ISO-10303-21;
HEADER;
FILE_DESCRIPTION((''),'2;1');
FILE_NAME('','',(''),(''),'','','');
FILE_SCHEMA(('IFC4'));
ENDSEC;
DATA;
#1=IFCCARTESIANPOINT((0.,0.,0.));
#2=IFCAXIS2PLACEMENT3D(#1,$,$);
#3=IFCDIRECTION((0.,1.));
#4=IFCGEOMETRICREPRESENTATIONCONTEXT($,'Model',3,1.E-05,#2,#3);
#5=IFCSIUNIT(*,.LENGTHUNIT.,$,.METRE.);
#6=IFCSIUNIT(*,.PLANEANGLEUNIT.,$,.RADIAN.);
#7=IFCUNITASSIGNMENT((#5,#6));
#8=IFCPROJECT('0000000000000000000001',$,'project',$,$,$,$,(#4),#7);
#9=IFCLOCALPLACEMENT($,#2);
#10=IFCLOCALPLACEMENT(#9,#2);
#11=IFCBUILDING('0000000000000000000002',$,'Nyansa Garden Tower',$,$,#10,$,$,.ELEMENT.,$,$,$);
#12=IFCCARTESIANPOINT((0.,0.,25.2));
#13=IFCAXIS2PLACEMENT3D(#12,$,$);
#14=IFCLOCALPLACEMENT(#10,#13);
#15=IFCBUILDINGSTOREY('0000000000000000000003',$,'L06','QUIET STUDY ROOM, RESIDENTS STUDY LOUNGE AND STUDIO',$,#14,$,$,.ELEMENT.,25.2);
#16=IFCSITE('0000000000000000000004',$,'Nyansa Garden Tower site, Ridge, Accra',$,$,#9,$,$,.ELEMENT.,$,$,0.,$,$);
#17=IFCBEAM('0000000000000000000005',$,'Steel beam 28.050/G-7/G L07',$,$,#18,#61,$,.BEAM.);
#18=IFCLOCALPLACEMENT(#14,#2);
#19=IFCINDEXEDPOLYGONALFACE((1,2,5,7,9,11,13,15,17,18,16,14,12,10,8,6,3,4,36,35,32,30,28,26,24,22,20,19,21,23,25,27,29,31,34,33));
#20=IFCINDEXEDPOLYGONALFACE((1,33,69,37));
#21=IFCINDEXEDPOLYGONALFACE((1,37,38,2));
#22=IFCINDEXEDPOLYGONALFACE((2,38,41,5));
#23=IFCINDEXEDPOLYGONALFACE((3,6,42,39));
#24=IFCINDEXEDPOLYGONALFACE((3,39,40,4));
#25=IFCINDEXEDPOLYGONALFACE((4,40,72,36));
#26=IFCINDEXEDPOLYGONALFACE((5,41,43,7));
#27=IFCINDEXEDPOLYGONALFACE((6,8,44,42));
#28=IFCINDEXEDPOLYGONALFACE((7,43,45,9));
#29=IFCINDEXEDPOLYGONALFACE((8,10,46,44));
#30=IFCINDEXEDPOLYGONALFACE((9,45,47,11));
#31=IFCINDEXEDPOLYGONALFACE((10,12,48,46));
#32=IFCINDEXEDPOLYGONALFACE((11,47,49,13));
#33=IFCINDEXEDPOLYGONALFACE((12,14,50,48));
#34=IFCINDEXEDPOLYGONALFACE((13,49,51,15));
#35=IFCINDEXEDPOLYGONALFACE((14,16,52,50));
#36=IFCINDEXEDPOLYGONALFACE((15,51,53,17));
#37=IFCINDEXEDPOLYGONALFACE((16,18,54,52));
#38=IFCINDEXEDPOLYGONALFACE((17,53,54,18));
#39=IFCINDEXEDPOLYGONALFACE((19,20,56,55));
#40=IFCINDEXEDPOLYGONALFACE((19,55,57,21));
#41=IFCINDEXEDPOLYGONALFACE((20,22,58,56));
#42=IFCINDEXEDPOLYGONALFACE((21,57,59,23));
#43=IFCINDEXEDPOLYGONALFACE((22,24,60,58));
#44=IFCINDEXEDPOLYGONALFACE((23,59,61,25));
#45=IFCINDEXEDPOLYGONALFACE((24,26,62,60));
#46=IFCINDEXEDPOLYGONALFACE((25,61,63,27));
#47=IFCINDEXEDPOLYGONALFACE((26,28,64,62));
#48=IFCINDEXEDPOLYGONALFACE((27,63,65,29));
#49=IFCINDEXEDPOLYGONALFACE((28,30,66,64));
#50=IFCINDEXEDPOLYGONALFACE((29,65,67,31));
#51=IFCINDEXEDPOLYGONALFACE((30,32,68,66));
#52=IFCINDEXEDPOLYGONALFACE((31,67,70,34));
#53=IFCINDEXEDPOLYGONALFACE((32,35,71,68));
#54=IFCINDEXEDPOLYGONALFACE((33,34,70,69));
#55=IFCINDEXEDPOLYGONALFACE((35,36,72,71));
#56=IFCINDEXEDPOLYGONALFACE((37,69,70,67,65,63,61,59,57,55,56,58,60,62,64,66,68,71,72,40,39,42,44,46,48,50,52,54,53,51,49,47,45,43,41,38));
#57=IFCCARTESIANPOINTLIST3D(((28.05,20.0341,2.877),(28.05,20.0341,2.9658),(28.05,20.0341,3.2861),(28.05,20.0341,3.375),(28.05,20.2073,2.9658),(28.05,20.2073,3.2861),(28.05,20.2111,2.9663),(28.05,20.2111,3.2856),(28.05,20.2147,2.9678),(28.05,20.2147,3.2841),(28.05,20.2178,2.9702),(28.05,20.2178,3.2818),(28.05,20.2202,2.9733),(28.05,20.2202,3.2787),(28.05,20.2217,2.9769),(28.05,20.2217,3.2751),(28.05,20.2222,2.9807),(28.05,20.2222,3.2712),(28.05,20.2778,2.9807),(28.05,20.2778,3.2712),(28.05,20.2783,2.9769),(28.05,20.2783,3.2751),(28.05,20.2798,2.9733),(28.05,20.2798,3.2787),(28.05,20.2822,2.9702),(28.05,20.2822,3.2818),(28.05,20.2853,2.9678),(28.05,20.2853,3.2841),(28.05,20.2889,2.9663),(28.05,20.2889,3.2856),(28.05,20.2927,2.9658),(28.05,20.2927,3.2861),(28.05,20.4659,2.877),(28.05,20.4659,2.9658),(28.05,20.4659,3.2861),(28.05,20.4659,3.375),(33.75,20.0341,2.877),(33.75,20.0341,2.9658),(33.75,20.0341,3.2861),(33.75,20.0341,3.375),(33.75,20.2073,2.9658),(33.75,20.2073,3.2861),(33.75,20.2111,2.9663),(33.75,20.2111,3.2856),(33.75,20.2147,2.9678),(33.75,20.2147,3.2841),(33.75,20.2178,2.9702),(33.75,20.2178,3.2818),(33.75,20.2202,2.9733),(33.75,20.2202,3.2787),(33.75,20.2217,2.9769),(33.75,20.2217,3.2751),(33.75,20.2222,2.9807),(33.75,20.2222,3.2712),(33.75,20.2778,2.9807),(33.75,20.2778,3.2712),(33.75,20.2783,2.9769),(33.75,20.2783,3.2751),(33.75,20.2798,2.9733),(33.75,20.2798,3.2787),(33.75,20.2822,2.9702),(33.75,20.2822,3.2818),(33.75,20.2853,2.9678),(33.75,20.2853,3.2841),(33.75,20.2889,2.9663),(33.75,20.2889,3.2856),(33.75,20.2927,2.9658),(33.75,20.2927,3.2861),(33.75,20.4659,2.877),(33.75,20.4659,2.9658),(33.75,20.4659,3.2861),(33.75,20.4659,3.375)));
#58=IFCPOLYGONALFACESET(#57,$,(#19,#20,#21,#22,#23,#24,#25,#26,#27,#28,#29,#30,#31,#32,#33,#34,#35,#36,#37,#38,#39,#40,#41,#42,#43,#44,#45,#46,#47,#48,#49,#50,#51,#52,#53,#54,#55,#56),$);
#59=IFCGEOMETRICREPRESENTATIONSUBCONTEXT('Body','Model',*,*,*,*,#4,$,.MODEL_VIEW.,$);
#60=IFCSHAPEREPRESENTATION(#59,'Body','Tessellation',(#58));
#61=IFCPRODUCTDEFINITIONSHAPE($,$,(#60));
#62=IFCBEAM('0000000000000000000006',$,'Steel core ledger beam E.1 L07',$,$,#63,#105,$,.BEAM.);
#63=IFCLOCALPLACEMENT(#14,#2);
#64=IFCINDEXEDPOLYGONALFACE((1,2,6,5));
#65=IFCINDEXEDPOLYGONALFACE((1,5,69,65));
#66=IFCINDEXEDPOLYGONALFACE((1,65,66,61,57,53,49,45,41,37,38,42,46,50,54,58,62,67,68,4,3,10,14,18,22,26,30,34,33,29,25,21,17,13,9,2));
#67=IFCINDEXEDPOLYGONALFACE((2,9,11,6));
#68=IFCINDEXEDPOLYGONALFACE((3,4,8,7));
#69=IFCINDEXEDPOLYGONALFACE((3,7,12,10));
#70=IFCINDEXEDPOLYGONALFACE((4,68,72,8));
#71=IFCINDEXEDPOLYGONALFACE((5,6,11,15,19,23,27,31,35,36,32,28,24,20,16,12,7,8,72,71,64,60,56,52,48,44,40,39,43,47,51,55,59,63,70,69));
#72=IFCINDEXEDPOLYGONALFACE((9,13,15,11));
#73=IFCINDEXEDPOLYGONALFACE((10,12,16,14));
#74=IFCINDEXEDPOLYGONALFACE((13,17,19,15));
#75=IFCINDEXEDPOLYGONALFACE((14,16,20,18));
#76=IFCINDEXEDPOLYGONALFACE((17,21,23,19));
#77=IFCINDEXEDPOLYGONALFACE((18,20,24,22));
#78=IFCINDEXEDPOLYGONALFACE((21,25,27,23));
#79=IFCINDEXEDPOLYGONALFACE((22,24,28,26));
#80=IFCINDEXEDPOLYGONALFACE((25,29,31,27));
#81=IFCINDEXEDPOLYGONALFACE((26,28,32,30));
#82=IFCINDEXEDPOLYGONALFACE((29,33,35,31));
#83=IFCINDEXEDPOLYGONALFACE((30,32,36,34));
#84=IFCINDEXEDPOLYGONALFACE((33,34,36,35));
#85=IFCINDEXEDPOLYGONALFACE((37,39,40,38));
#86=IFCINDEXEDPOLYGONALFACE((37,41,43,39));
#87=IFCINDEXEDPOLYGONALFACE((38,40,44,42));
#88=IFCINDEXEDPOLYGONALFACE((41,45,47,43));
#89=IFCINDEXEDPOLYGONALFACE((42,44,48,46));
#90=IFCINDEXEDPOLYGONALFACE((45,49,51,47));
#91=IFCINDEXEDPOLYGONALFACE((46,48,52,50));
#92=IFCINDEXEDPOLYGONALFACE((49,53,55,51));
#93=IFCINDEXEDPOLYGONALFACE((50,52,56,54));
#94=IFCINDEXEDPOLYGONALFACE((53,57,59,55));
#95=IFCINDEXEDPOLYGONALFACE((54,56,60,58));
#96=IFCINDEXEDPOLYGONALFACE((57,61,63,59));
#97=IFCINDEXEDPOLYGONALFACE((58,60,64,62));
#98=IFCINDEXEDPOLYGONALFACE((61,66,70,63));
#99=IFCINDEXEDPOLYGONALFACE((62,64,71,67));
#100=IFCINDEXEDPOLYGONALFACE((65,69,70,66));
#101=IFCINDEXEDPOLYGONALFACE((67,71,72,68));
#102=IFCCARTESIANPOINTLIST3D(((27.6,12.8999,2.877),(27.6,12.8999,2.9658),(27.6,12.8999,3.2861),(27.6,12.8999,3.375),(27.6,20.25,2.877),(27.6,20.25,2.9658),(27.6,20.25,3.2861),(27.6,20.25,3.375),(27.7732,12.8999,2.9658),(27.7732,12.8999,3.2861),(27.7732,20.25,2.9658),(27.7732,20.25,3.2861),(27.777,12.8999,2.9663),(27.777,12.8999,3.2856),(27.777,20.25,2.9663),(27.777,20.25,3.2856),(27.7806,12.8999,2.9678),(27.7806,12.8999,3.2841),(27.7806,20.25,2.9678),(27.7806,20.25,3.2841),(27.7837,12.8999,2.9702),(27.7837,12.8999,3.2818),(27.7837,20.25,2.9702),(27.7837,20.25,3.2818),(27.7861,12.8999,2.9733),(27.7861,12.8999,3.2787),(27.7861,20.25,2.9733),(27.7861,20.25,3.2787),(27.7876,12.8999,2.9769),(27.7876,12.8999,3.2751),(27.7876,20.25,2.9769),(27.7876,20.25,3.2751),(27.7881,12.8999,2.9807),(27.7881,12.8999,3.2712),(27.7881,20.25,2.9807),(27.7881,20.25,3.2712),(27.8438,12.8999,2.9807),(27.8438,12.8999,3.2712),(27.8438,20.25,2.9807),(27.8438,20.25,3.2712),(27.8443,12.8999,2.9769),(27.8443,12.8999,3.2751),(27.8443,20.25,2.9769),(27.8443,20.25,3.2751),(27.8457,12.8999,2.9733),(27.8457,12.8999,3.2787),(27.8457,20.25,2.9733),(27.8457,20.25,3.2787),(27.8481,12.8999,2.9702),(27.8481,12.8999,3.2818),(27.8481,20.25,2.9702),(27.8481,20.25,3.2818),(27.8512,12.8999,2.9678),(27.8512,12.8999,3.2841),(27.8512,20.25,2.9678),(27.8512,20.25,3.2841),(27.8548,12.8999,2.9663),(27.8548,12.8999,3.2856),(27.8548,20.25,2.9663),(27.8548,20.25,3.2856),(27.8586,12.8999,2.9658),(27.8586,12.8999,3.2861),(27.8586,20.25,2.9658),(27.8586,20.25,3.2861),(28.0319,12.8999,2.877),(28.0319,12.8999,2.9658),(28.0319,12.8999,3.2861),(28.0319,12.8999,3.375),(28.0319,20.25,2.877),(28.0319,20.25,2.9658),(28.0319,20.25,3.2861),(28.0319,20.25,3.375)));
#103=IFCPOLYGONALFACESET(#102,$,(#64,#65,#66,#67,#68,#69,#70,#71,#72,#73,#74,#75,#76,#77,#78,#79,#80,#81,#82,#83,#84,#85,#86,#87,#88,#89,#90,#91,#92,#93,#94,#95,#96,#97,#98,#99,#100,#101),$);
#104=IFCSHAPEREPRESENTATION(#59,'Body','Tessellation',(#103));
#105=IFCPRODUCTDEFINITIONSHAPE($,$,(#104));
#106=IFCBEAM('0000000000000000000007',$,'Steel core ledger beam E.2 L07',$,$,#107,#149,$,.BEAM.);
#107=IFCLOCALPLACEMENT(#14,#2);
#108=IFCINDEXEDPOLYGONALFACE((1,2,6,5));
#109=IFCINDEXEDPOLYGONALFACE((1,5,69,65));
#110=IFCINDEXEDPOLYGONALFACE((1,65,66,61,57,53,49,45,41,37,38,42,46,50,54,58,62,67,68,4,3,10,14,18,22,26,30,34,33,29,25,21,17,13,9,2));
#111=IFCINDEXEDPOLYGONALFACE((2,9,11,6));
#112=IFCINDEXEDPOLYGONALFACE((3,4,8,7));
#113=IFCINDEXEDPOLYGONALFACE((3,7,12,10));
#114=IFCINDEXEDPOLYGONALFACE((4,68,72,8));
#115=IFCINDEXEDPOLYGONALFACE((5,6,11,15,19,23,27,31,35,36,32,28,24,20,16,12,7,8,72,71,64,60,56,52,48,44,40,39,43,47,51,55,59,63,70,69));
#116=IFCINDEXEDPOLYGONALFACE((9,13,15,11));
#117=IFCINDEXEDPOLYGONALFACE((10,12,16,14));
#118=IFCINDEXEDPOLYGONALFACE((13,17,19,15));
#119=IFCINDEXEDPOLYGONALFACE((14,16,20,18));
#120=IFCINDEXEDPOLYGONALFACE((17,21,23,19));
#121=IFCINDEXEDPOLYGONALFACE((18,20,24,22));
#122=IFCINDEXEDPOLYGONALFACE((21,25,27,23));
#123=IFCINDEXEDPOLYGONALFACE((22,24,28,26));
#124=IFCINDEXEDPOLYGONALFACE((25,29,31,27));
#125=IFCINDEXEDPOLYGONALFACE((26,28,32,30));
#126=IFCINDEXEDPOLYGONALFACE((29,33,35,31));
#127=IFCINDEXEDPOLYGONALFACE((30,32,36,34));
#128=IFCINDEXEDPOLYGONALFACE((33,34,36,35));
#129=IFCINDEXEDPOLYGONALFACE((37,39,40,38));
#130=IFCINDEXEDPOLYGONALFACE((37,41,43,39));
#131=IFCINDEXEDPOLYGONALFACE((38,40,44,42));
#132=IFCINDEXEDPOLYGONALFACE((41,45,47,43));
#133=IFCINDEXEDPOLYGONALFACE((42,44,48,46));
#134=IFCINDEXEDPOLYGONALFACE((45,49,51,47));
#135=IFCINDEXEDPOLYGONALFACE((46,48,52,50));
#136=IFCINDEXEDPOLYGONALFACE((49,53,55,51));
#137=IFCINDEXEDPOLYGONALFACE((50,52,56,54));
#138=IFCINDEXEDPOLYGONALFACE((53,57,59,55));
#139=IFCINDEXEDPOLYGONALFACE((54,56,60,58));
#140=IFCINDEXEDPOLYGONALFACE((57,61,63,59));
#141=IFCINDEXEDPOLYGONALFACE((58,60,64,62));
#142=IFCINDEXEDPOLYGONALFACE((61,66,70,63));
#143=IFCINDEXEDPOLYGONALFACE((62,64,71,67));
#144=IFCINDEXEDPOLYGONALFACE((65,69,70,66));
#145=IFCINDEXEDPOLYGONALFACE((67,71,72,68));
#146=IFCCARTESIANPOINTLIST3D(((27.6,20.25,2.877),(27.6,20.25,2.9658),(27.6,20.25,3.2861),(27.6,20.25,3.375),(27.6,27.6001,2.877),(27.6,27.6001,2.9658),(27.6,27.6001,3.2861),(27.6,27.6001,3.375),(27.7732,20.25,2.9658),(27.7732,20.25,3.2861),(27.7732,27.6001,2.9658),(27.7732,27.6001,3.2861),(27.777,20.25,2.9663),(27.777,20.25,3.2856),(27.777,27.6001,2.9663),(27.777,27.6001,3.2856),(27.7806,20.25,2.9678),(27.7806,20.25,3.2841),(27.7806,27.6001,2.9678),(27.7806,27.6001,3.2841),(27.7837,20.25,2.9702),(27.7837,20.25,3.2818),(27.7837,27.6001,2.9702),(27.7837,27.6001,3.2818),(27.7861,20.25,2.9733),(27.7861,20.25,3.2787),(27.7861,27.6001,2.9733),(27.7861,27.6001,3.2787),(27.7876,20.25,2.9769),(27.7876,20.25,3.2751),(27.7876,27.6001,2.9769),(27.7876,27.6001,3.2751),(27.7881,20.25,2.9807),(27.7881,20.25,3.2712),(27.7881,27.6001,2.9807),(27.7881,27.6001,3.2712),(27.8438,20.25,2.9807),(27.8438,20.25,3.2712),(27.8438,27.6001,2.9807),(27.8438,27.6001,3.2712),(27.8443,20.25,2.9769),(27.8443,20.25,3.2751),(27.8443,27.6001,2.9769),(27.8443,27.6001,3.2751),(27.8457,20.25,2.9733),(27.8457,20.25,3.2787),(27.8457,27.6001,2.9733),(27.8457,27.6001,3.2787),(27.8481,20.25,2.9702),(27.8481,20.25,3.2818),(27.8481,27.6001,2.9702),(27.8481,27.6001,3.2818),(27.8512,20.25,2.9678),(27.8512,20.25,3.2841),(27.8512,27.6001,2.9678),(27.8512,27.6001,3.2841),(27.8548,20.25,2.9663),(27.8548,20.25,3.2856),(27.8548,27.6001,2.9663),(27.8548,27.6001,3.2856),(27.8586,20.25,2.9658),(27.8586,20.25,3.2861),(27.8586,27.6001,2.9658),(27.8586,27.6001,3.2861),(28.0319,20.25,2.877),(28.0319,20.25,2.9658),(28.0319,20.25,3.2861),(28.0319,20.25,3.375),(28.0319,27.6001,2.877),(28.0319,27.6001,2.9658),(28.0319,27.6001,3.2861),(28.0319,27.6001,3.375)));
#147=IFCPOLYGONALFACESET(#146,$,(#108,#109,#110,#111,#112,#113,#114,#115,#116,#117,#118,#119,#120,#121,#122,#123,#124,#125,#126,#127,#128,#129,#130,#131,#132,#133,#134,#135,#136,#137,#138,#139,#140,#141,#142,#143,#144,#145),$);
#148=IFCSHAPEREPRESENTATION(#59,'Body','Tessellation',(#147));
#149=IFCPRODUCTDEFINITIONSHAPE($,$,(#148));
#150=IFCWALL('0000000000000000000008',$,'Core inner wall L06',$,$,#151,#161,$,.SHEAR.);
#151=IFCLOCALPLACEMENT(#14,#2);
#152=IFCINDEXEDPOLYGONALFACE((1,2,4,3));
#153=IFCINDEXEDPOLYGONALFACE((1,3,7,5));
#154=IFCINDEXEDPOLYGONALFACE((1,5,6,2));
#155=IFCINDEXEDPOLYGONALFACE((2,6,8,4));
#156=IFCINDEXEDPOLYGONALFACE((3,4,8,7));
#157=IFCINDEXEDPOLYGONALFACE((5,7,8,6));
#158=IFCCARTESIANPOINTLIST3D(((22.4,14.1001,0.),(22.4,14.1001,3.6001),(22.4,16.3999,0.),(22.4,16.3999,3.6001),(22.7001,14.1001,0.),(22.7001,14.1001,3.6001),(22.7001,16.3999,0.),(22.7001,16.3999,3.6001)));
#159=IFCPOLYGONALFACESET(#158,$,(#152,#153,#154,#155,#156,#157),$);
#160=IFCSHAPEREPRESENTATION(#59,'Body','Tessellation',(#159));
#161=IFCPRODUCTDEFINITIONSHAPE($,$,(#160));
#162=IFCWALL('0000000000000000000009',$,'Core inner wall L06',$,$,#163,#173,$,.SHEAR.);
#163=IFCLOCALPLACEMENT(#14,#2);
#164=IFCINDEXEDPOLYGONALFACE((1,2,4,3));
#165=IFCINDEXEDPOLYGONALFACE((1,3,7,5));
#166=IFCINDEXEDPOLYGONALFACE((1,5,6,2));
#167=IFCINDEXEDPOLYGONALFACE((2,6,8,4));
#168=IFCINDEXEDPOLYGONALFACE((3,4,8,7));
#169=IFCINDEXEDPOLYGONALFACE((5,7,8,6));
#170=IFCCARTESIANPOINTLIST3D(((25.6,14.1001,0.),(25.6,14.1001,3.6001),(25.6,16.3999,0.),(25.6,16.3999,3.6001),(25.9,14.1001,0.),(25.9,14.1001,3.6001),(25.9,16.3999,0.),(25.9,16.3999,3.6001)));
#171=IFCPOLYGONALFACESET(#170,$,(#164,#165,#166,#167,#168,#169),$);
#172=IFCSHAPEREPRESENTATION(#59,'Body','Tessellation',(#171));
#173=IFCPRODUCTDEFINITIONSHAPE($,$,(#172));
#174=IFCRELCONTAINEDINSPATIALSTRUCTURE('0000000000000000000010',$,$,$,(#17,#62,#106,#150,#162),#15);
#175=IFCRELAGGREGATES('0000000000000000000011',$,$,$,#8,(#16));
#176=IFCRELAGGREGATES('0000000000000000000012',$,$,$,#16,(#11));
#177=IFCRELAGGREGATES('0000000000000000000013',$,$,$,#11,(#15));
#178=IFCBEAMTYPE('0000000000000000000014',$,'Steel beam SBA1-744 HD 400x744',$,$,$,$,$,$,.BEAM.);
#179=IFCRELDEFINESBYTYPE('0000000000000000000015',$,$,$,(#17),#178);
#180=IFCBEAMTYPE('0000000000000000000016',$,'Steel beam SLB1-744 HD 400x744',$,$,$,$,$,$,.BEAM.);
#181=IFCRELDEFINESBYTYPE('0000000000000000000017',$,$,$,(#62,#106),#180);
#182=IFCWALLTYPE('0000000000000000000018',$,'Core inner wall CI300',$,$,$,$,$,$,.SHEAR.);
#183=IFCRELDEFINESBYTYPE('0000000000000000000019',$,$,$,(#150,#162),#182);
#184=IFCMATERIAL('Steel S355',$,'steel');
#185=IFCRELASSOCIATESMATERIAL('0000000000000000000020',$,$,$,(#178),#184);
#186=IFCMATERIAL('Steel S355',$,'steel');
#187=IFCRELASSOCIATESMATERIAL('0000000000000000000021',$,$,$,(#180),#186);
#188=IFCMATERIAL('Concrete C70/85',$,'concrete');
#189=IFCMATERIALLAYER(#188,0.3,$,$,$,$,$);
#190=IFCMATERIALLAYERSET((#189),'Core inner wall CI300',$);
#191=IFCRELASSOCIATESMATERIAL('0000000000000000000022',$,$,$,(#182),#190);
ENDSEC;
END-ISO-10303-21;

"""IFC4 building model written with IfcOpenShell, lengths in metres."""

from ifc_helpers import new_model, si_unit, direction, frame, frame_2d, origin, origin_2d, place, context, subcontext, project, spatial, rectangle, i_section, extrude, material, layer, layer_set, material_profile, profile_set, type_object, element, save


model = new_model("IFC4")

# Units and contexts
model_context = context("Model", 3, precision=1e-05, world=origin(), true_north=direction((0.0, 1.0)))
body_context = subcontext(model_context, "Body", "Model", "MODEL_VIEW")
ifc_project = project(units=[si_unit("LENGTHUNIT", "METRE"), si_unit("PLANEANGLEUNIT", "RADIAN")], contexts=[model_context])

# Site, building, storey
site_placement = place(None, origin())
site = spatial("IfcSite", under=ifc_project, at=site_placement, Name="Nyansa Garden Tower site, Ridge, Accra", CompositionType="ELEMENT", RefElevation=0.0)
building_placement = place(site_placement, origin())
building = spatial("IfcBuilding", under=site, at=building_placement, Name="Nyansa Garden Tower", CompositionType="ELEMENT")
storey_placement = place(building_placement, frame((0.0, 0.0, 25.2)))
storey = spatial("IfcBuildingStorey", under=building, at=storey_placement, Name="L06", Description="QUIET STUDY ROOM, RESIDENTS STUDY LOUNGE AND STUDIO", CompositionType="ELEMENT", Elevation=25.2)

# Beams
ifc_material_1 = material(Name="Steel S355", Category="steel")
ifc_material_profile_1 = material_profile(ifc_material_1, i_section(OverallWidth=0.4319, OverallDepth=0.498, WebThickness=0.0557, FlangeThickness=0.0889, FilletRadius=0.0149, at=origin_2d()), Name="HD 400x744")
ifc_profile_set_1 = profile_set([ifc_material_profile_1], Name="Steel S355")
beam_type_1 = type_object("IfcBeamType", Name="Steel beam SBA1-744 HD 400x744", PredefinedType="BEAM", material=ifc_profile_set_1)
for number, where, z_axis, x_axis, name in (
    (1, (28.05, 20.25, 3.126), (1.0, 0.0, 0.0), (0.0, 1.0, 0.0), "Steel beam 28.050/G-7/G L07"),
):
    element("IfcBeam", number, at=place(storey_placement, frame(where, z_axis=z_axis, x_axis=x_axis)), inside=storey, type_object=beam_type_1, Name=name, PredefinedType="BEAM", context=body_context, shape_type="SweptSolid", body=[
        extrude(i_section(OverallWidth=0.4319, OverallDepth=0.498, WebThickness=0.0557, FlangeThickness=0.0889, FilletRadius=0.0149, at=origin_2d()), origin(), (0.0, 0.0, 1.0), 5.7),
    ])
ifc_material_2 = material(Name="Steel S355", Category="steel")
ifc_material_profile_2 = material_profile(ifc_material_2, i_section(OverallWidth=0.4319, OverallDepth=0.498, WebThickness=0.0557, FlangeThickness=0.0889, FilletRadius=0.0149, at=origin_2d()), Name="HD 400x744")
ifc_profile_set_2 = profile_set([ifc_material_profile_2], Name="Steel S355")
beam_type_2 = type_object("IfcBeamType", Name="Steel beam SLB1-744 HD 400x744", PredefinedType="BEAM", material=ifc_profile_set_2)
for number, where, z_axis, x_axis, name in (
    (2, (27.8159, 12.8999, 3.126), (0.0, 1.0, 0.0), (-1.0, 0.0, 0.0), "Steel core ledger beam E.1 L07"),
    (3, (27.8159, 20.25, 3.126), (0.0, 1.0, 0.0), (-1.0, 0.0, 0.0), "Steel core ledger beam E.2 L07"),
):
    element("IfcBeam", number, at=place(storey_placement, frame(where, z_axis=z_axis, x_axis=x_axis)), inside=storey, type_object=beam_type_2, Name=name, PredefinedType="BEAM", context=body_context, shape_type="SweptSolid", body=[
        extrude(i_section(OverallWidth=0.4319, OverallDepth=0.498, WebThickness=0.0557, FlangeThickness=0.0889, FilletRadius=0.0149, at=origin_2d()), origin(), (0.0, 0.0, 1.0), 7.3501),
    ])

# Walls
ifc_material_3 = material(Name="Concrete C70/85", Category="concrete")
ifc_layer_1 = layer(ifc_material_3, 0.3)
ifc_layer_set_1 = layer_set([ifc_layer_1], Name="Core inner wall CI300")
wall_type_1 = type_object("IfcWallType", Name="Core inner wall CI300", PredefinedType="SHEAR", material=ifc_layer_set_1)
for number, where, z_axis, x_axis, name in (
    (4, (22.55, 14.1001, 0.0), (0.0, 0.0, 1.0), (0.0, 1.0, 0.0), "Core inner wall L06"),
    (5, (25.75, 14.1001, 0.0), (0.0, 0.0, 1.0), (0.0, 1.0, 0.0), "Core inner wall L06"),
):
    element("IfcWall", number, at=place(storey_placement, frame(where, z_axis=z_axis, x_axis=x_axis)), inside=storey, type_object=wall_type_1, Name=name, PredefinedType="SHEAR", context=body_context, shape_type="SweptSolid", body=[
        extrude(rectangle(XDim=2.2998, YDim=0.3, at=frame_2d((1.1499, 0.0))), origin(), (0.0, 0.0, 1.0), 3.6001),
    ])

save(model, "model.ifc")
